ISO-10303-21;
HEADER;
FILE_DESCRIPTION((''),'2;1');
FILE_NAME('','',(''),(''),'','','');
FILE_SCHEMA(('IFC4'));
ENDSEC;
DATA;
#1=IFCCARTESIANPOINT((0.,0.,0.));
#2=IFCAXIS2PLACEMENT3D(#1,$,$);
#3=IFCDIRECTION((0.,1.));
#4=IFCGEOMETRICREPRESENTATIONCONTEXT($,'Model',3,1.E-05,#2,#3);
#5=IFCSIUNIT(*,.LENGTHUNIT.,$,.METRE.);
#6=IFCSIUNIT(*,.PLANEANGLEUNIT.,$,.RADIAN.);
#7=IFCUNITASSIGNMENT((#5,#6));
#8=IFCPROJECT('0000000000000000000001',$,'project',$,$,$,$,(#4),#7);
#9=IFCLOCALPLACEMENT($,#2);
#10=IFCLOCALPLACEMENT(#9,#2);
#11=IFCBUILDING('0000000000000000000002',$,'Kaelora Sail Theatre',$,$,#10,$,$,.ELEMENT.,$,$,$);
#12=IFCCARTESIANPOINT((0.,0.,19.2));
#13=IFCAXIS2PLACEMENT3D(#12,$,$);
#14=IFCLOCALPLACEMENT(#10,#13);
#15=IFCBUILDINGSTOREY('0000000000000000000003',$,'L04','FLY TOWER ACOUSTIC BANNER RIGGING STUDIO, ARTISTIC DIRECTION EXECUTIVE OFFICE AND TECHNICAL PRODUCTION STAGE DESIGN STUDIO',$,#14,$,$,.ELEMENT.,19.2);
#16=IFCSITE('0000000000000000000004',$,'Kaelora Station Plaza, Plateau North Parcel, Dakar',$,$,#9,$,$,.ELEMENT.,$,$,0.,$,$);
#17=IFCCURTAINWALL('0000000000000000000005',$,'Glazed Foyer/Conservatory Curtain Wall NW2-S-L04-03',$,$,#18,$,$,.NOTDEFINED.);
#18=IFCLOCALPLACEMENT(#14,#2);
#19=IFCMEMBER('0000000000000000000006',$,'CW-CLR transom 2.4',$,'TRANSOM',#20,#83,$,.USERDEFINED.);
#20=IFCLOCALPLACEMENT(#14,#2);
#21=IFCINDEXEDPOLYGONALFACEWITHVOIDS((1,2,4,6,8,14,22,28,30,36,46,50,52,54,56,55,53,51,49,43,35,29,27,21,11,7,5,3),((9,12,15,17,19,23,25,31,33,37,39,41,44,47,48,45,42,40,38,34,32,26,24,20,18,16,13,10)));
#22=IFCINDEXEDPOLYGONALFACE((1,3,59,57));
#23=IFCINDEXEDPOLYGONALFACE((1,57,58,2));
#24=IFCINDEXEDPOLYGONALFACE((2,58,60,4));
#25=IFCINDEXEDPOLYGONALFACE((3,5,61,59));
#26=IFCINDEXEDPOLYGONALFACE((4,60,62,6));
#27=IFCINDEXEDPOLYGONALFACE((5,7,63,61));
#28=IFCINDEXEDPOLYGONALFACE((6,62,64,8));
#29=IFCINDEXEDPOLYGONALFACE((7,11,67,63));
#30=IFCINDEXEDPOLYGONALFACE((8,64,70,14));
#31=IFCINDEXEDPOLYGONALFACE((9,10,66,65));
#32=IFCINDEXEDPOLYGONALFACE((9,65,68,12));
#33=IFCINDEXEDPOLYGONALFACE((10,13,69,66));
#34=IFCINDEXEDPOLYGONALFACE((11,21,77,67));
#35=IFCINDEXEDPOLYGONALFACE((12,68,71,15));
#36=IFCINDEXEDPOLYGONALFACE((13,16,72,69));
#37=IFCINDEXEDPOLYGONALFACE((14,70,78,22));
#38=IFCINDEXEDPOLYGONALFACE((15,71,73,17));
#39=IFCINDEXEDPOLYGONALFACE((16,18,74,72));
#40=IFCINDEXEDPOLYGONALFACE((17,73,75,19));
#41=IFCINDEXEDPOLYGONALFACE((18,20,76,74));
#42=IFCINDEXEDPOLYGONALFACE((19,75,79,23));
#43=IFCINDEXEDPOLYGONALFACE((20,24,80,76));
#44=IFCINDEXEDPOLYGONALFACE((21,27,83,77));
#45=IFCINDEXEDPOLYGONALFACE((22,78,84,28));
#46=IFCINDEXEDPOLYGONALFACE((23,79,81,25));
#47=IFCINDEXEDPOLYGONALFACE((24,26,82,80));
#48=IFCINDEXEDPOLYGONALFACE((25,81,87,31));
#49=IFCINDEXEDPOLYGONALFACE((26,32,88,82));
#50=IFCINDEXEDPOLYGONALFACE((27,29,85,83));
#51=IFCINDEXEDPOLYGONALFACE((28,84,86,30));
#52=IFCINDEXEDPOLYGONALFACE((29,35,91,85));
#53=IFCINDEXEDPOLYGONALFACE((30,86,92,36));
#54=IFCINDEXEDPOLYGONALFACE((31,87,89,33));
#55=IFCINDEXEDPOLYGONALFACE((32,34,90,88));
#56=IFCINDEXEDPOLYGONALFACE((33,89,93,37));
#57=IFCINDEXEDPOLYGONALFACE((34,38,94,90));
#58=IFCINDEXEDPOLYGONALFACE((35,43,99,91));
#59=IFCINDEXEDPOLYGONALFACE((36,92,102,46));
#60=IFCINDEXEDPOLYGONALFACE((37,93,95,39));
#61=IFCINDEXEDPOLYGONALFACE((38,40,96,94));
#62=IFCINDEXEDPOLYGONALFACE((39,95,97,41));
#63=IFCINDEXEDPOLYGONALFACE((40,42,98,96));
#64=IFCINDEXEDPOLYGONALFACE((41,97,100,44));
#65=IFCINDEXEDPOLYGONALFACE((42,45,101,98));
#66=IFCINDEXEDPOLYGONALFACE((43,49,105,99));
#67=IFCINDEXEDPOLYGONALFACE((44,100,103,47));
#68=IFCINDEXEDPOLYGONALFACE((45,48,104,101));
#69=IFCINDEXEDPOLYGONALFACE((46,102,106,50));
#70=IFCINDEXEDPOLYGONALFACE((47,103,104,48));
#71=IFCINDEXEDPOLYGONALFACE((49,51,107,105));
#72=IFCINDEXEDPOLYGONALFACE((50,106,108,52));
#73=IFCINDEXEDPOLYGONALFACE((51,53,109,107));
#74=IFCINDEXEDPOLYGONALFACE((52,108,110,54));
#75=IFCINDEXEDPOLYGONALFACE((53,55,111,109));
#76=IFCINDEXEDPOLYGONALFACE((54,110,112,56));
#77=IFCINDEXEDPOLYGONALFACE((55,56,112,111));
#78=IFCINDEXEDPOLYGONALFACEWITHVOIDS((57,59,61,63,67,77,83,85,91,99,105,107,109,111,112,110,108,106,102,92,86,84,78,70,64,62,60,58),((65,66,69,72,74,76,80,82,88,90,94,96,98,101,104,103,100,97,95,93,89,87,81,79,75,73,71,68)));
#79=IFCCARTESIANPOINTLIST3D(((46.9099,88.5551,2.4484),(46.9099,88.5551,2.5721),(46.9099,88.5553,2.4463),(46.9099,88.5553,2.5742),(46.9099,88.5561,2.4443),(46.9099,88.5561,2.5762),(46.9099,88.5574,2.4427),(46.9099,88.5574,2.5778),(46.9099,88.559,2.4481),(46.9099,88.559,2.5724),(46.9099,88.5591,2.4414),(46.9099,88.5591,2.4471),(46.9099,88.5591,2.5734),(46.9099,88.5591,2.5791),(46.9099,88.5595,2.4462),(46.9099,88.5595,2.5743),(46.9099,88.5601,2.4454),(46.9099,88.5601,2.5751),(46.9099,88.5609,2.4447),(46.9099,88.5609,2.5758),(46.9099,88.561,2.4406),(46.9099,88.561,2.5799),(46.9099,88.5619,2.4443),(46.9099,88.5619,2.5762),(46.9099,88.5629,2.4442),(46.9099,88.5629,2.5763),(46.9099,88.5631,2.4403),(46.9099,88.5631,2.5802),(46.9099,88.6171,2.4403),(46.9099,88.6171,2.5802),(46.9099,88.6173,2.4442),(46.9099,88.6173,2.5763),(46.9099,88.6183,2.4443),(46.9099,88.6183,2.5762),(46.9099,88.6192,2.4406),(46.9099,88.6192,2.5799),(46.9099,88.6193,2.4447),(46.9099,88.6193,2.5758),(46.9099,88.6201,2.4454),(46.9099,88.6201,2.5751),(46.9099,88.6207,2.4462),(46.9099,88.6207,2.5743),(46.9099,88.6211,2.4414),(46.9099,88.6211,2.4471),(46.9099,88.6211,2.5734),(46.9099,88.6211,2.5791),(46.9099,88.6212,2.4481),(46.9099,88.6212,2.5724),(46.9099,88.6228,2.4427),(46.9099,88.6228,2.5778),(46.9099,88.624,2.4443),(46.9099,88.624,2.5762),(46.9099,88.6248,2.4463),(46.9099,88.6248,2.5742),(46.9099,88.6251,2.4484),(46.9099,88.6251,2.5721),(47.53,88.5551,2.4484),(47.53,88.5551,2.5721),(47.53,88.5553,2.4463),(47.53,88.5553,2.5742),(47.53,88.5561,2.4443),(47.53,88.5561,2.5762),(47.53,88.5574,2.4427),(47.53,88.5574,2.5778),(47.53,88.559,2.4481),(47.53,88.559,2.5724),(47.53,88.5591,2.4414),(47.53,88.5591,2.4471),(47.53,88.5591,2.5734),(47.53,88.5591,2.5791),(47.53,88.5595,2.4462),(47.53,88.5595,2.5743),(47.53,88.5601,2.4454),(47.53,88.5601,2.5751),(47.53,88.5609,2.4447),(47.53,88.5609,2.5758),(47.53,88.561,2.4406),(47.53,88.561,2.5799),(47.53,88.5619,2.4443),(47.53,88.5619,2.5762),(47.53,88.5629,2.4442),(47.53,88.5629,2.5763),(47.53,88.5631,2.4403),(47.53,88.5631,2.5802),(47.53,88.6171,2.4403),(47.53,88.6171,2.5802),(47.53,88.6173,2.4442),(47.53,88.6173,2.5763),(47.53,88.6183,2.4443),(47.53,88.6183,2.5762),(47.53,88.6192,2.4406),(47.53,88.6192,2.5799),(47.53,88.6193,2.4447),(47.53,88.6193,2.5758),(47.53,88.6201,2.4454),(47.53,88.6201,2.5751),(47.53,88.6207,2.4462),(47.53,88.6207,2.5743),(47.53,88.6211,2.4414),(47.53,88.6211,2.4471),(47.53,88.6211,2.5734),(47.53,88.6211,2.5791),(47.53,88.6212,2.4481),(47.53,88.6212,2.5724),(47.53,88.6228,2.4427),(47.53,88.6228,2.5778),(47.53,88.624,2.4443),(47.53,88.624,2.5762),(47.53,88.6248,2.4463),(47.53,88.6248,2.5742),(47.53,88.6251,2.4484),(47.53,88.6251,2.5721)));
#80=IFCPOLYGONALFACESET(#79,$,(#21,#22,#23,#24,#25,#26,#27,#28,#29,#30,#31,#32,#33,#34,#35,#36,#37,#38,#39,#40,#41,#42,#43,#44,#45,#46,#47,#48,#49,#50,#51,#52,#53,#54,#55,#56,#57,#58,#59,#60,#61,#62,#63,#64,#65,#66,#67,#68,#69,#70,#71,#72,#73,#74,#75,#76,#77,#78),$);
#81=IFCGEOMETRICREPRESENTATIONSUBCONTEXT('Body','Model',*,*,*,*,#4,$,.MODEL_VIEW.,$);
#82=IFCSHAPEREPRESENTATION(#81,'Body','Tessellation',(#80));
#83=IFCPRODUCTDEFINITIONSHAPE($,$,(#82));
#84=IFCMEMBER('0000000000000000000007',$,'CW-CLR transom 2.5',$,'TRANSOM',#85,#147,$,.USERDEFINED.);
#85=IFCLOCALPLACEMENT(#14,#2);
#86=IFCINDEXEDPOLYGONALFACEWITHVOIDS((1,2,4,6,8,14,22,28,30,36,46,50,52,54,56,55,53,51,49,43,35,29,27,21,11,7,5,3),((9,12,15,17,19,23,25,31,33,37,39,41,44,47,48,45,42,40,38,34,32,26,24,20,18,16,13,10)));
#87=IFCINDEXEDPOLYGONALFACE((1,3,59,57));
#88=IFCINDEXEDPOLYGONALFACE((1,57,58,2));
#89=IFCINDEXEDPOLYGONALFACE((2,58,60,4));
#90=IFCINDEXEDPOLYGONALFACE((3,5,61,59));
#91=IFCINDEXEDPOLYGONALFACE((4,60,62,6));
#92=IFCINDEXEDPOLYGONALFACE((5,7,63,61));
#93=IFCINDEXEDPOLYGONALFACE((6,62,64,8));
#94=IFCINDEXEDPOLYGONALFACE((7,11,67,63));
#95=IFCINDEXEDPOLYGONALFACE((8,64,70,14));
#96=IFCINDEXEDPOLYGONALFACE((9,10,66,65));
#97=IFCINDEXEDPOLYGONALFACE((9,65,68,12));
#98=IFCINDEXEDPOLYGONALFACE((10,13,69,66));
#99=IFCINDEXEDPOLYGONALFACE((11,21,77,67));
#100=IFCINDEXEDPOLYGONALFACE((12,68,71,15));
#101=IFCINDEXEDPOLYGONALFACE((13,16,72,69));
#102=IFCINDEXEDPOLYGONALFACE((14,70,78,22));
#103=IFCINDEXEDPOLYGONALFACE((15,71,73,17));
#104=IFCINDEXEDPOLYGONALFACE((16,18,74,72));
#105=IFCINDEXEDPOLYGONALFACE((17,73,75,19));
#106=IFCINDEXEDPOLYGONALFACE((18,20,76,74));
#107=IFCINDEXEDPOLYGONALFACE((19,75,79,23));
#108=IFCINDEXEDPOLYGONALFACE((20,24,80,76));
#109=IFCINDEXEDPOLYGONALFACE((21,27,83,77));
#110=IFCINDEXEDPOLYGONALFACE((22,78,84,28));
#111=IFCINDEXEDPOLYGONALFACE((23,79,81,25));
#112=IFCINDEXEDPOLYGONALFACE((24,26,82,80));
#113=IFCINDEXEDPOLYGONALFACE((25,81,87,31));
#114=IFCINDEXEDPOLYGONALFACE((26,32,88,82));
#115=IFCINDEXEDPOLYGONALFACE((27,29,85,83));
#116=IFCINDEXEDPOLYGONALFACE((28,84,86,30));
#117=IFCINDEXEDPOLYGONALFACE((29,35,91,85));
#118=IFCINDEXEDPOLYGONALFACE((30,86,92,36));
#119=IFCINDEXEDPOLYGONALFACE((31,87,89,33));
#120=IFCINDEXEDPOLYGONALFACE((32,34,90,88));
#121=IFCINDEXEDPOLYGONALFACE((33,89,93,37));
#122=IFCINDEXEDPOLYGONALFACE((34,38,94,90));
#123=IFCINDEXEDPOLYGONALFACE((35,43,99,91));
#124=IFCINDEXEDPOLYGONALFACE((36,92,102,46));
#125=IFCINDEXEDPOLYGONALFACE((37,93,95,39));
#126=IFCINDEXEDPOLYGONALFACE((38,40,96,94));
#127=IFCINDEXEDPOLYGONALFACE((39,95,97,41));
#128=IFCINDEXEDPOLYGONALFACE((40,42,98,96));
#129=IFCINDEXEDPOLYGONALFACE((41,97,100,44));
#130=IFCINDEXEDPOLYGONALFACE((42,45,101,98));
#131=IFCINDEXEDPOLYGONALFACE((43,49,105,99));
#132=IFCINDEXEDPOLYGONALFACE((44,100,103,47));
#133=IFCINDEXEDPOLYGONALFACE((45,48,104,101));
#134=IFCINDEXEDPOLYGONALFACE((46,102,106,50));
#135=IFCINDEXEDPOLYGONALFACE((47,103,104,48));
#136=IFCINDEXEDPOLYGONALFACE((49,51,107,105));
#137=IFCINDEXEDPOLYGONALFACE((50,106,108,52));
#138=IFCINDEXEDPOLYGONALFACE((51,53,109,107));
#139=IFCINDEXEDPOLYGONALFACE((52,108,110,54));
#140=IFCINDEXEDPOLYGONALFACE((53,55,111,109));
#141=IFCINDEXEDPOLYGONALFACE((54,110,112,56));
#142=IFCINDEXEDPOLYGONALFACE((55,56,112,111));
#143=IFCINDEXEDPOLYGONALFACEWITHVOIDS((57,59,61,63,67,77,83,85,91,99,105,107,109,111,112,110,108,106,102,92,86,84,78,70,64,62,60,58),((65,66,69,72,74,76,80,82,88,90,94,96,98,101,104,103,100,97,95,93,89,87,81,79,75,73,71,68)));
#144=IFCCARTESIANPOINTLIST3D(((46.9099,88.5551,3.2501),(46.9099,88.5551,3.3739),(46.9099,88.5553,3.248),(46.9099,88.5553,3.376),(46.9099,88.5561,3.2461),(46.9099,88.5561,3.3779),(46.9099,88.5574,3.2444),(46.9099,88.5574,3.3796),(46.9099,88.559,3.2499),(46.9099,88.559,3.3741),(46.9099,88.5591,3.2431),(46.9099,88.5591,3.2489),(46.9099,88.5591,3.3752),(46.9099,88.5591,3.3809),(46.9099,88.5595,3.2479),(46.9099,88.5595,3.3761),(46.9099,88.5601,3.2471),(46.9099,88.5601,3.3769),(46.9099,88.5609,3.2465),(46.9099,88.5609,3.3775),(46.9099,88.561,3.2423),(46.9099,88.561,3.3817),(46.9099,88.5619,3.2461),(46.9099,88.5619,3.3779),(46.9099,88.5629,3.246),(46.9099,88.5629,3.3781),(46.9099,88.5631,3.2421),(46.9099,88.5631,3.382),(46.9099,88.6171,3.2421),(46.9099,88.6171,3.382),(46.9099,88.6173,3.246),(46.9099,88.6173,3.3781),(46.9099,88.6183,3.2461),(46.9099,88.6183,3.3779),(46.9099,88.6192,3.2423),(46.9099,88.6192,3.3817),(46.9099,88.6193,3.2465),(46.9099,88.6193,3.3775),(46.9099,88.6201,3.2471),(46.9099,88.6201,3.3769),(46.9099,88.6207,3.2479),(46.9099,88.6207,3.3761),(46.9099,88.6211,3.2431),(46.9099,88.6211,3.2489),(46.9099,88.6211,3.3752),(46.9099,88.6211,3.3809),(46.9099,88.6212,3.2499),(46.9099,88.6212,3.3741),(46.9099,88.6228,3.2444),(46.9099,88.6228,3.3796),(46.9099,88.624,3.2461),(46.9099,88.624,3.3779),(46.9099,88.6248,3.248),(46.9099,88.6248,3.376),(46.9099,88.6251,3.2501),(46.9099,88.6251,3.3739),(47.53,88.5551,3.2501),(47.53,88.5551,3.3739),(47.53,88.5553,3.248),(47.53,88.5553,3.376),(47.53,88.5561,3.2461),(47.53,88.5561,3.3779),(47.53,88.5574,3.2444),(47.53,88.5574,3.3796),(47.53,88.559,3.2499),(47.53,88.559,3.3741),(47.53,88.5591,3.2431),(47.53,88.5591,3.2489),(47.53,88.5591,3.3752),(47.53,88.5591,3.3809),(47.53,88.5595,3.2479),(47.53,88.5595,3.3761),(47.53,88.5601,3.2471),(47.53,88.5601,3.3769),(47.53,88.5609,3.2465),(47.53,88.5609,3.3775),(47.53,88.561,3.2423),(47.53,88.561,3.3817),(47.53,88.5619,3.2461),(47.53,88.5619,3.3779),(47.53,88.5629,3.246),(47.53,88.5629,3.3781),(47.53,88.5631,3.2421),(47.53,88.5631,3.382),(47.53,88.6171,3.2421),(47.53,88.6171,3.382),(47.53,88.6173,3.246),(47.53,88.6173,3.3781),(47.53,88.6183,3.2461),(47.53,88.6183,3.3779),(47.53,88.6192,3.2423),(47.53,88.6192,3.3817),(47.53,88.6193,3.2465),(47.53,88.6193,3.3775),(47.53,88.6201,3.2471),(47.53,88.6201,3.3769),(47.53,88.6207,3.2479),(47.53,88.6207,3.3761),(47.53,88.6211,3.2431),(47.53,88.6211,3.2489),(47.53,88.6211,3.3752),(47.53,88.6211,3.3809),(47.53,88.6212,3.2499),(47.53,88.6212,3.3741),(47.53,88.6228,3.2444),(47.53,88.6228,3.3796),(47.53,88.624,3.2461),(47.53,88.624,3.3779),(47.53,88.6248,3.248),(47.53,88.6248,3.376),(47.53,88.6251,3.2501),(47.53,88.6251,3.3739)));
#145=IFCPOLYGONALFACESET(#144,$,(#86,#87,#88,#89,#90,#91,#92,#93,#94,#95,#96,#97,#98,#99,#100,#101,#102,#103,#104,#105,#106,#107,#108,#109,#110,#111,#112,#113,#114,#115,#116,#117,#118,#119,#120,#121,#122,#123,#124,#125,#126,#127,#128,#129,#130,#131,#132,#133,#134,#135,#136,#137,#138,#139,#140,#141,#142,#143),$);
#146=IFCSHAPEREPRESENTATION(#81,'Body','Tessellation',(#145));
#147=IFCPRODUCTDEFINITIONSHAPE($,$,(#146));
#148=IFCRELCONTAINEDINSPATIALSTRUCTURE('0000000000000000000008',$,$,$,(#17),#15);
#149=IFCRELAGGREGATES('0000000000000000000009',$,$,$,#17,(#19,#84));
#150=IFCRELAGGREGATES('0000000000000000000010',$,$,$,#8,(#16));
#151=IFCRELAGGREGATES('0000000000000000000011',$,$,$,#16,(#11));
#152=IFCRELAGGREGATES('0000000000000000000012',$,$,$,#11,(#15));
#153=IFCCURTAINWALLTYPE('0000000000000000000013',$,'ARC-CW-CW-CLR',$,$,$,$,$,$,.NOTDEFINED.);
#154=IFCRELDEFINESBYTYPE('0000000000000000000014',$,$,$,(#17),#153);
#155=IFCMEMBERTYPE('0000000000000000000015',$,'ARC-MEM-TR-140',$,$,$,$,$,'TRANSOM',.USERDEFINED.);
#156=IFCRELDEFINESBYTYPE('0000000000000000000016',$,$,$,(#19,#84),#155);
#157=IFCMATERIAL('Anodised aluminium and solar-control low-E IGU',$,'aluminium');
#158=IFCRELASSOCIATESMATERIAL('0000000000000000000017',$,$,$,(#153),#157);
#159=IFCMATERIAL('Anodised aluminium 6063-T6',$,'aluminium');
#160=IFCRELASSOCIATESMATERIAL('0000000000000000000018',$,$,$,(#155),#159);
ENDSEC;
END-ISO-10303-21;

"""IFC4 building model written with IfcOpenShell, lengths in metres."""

from ifc_helpers import new_model, si_unit, direction, frame, origin, origin_2d, place, context, subcontext, project, spatial, hollow_rectangle, extrude, material, material_profile, profile_set, type_object, element, aggregate, save


model = new_model("IFC4")

# Units and contexts
model_context = context("Model", 3, precision=1e-05, world=origin(), true_north=direction((0.0, 1.0)))
body_context = subcontext(model_context, "Body", "Model", "MODEL_VIEW")
ifc_project = project(units=[si_unit("LENGTHUNIT", "METRE"), si_unit("PLANEANGLEUNIT", "RADIAN")], contexts=[model_context])

# Site, building, storey
site_placement = place(None, origin())
site = spatial("IfcSite", under=ifc_project, at=site_placement, Name="Kaelora Station Plaza, Plateau North Parcel, Dakar", CompositionType="ELEMENT", RefElevation=0.0)
building_placement = place(site_placement, origin())
building = spatial("IfcBuilding", under=site, at=building_placement, Name="Kaelora Sail Theatre", CompositionType="ELEMENT")
storey_placement = place(building_placement, frame((0.0, 0.0, 19.2)))
storey = spatial("IfcBuildingStorey", under=building, at=storey_placement, Name="L04", Description="FLY TOWER ACOUSTIC BANNER RIGGING STUDIO, ARTISTIC DIRECTION EXECUTIVE OFFICE AND TECHNICAL PRODUCTION STAGE DESIGN STUDIO", CompositionType="ELEMENT", Elevation=19.2)

# Curtain wall, members
ifc_material_1 = material(Name="Anodised aluminium and solar-control low-E IGU", Category="aluminium")
curtain_wall_type = type_object("IfcCurtainWallType", Name="ARC-CW-CW-CLR", PredefinedType="NOTDEFINED", material=ifc_material_1)
curtain_wall_placement = place(storey_placement, origin())
curtain_wall = element("IfcCurtainWall", 1, at=curtain_wall_placement, inside=storey, type_object=curtain_wall_type, Name="Glazed Foyer/Conservatory Curtain Wall NW2-S-L04-03", PredefinedType="NOTDEFINED")
ifc_material_2 = material(Name="Anodised aluminium 6063-T6", Category="aluminium")
ifc_material_profile = material_profile(ifc_material_2, hollow_rectangle(XDim=0.0701, YDim=0.1399, WallThickness=0.0039, InnerFilletRadius=0.0039, OuterFilletRadius=0.0081, at=origin_2d()), Name="ALU-TRAN 70x140x4")
ifc_profile_set = profile_set([ifc_material_profile], Name="Anodised aluminium 6063-T6")
member_type = type_object("IfcMemberType", Name="ARC-MEM-TR-140", ElementType="TRANSOM", PredefinedType="USERDEFINED", material=ifc_profile_set)
member_1_placement = place(storey_placement, frame((46.9099, 88.5901, 2.5103), z_axis=(1.0, 0.0, 0.0), x_axis=(0.0, 1.0, 0.0)))
member_1 = element("IfcMember", 2, at=member_1_placement, type_object=member_type, Name="CW-CLR transom 2.4", ObjectType="TRANSOM", PredefinedType="USERDEFINED", context=body_context, shape_type="SweptSolid", body=[
    extrude(hollow_rectangle(XDim=0.0701, YDim=0.1399, WallThickness=0.0039, InnerFilletRadius=0.0039, OuterFilletRadius=0.0081, at=origin_2d()), origin(), (0.0, 0.0, 1.0), 0.6201),
])
member_2_placement = place(storey_placement, frame((46.9099, 88.5901, 3.312), z_axis=(1.0, 0.0, 0.0), x_axis=(0.0, 1.0, 0.0)))
member_2 = element("IfcMember", 3, at=member_2_placement, type_object=member_type, Name="CW-CLR transom 2.5", ObjectType="TRANSOM", PredefinedType="USERDEFINED", context=body_context, shape_type="SweptSolid", body=[
    extrude(hollow_rectangle(XDim=0.0701, YDim=0.1399, WallThickness=0.0039, InnerFilletRadius=0.0039, OuterFilletRadius=0.0081, at=origin_2d()), origin(), (0.0, 0.0, 1.0), 0.6201),
])
aggregate(curtain_wall, [member_1, member_2])

save(model, "model.ifc")
